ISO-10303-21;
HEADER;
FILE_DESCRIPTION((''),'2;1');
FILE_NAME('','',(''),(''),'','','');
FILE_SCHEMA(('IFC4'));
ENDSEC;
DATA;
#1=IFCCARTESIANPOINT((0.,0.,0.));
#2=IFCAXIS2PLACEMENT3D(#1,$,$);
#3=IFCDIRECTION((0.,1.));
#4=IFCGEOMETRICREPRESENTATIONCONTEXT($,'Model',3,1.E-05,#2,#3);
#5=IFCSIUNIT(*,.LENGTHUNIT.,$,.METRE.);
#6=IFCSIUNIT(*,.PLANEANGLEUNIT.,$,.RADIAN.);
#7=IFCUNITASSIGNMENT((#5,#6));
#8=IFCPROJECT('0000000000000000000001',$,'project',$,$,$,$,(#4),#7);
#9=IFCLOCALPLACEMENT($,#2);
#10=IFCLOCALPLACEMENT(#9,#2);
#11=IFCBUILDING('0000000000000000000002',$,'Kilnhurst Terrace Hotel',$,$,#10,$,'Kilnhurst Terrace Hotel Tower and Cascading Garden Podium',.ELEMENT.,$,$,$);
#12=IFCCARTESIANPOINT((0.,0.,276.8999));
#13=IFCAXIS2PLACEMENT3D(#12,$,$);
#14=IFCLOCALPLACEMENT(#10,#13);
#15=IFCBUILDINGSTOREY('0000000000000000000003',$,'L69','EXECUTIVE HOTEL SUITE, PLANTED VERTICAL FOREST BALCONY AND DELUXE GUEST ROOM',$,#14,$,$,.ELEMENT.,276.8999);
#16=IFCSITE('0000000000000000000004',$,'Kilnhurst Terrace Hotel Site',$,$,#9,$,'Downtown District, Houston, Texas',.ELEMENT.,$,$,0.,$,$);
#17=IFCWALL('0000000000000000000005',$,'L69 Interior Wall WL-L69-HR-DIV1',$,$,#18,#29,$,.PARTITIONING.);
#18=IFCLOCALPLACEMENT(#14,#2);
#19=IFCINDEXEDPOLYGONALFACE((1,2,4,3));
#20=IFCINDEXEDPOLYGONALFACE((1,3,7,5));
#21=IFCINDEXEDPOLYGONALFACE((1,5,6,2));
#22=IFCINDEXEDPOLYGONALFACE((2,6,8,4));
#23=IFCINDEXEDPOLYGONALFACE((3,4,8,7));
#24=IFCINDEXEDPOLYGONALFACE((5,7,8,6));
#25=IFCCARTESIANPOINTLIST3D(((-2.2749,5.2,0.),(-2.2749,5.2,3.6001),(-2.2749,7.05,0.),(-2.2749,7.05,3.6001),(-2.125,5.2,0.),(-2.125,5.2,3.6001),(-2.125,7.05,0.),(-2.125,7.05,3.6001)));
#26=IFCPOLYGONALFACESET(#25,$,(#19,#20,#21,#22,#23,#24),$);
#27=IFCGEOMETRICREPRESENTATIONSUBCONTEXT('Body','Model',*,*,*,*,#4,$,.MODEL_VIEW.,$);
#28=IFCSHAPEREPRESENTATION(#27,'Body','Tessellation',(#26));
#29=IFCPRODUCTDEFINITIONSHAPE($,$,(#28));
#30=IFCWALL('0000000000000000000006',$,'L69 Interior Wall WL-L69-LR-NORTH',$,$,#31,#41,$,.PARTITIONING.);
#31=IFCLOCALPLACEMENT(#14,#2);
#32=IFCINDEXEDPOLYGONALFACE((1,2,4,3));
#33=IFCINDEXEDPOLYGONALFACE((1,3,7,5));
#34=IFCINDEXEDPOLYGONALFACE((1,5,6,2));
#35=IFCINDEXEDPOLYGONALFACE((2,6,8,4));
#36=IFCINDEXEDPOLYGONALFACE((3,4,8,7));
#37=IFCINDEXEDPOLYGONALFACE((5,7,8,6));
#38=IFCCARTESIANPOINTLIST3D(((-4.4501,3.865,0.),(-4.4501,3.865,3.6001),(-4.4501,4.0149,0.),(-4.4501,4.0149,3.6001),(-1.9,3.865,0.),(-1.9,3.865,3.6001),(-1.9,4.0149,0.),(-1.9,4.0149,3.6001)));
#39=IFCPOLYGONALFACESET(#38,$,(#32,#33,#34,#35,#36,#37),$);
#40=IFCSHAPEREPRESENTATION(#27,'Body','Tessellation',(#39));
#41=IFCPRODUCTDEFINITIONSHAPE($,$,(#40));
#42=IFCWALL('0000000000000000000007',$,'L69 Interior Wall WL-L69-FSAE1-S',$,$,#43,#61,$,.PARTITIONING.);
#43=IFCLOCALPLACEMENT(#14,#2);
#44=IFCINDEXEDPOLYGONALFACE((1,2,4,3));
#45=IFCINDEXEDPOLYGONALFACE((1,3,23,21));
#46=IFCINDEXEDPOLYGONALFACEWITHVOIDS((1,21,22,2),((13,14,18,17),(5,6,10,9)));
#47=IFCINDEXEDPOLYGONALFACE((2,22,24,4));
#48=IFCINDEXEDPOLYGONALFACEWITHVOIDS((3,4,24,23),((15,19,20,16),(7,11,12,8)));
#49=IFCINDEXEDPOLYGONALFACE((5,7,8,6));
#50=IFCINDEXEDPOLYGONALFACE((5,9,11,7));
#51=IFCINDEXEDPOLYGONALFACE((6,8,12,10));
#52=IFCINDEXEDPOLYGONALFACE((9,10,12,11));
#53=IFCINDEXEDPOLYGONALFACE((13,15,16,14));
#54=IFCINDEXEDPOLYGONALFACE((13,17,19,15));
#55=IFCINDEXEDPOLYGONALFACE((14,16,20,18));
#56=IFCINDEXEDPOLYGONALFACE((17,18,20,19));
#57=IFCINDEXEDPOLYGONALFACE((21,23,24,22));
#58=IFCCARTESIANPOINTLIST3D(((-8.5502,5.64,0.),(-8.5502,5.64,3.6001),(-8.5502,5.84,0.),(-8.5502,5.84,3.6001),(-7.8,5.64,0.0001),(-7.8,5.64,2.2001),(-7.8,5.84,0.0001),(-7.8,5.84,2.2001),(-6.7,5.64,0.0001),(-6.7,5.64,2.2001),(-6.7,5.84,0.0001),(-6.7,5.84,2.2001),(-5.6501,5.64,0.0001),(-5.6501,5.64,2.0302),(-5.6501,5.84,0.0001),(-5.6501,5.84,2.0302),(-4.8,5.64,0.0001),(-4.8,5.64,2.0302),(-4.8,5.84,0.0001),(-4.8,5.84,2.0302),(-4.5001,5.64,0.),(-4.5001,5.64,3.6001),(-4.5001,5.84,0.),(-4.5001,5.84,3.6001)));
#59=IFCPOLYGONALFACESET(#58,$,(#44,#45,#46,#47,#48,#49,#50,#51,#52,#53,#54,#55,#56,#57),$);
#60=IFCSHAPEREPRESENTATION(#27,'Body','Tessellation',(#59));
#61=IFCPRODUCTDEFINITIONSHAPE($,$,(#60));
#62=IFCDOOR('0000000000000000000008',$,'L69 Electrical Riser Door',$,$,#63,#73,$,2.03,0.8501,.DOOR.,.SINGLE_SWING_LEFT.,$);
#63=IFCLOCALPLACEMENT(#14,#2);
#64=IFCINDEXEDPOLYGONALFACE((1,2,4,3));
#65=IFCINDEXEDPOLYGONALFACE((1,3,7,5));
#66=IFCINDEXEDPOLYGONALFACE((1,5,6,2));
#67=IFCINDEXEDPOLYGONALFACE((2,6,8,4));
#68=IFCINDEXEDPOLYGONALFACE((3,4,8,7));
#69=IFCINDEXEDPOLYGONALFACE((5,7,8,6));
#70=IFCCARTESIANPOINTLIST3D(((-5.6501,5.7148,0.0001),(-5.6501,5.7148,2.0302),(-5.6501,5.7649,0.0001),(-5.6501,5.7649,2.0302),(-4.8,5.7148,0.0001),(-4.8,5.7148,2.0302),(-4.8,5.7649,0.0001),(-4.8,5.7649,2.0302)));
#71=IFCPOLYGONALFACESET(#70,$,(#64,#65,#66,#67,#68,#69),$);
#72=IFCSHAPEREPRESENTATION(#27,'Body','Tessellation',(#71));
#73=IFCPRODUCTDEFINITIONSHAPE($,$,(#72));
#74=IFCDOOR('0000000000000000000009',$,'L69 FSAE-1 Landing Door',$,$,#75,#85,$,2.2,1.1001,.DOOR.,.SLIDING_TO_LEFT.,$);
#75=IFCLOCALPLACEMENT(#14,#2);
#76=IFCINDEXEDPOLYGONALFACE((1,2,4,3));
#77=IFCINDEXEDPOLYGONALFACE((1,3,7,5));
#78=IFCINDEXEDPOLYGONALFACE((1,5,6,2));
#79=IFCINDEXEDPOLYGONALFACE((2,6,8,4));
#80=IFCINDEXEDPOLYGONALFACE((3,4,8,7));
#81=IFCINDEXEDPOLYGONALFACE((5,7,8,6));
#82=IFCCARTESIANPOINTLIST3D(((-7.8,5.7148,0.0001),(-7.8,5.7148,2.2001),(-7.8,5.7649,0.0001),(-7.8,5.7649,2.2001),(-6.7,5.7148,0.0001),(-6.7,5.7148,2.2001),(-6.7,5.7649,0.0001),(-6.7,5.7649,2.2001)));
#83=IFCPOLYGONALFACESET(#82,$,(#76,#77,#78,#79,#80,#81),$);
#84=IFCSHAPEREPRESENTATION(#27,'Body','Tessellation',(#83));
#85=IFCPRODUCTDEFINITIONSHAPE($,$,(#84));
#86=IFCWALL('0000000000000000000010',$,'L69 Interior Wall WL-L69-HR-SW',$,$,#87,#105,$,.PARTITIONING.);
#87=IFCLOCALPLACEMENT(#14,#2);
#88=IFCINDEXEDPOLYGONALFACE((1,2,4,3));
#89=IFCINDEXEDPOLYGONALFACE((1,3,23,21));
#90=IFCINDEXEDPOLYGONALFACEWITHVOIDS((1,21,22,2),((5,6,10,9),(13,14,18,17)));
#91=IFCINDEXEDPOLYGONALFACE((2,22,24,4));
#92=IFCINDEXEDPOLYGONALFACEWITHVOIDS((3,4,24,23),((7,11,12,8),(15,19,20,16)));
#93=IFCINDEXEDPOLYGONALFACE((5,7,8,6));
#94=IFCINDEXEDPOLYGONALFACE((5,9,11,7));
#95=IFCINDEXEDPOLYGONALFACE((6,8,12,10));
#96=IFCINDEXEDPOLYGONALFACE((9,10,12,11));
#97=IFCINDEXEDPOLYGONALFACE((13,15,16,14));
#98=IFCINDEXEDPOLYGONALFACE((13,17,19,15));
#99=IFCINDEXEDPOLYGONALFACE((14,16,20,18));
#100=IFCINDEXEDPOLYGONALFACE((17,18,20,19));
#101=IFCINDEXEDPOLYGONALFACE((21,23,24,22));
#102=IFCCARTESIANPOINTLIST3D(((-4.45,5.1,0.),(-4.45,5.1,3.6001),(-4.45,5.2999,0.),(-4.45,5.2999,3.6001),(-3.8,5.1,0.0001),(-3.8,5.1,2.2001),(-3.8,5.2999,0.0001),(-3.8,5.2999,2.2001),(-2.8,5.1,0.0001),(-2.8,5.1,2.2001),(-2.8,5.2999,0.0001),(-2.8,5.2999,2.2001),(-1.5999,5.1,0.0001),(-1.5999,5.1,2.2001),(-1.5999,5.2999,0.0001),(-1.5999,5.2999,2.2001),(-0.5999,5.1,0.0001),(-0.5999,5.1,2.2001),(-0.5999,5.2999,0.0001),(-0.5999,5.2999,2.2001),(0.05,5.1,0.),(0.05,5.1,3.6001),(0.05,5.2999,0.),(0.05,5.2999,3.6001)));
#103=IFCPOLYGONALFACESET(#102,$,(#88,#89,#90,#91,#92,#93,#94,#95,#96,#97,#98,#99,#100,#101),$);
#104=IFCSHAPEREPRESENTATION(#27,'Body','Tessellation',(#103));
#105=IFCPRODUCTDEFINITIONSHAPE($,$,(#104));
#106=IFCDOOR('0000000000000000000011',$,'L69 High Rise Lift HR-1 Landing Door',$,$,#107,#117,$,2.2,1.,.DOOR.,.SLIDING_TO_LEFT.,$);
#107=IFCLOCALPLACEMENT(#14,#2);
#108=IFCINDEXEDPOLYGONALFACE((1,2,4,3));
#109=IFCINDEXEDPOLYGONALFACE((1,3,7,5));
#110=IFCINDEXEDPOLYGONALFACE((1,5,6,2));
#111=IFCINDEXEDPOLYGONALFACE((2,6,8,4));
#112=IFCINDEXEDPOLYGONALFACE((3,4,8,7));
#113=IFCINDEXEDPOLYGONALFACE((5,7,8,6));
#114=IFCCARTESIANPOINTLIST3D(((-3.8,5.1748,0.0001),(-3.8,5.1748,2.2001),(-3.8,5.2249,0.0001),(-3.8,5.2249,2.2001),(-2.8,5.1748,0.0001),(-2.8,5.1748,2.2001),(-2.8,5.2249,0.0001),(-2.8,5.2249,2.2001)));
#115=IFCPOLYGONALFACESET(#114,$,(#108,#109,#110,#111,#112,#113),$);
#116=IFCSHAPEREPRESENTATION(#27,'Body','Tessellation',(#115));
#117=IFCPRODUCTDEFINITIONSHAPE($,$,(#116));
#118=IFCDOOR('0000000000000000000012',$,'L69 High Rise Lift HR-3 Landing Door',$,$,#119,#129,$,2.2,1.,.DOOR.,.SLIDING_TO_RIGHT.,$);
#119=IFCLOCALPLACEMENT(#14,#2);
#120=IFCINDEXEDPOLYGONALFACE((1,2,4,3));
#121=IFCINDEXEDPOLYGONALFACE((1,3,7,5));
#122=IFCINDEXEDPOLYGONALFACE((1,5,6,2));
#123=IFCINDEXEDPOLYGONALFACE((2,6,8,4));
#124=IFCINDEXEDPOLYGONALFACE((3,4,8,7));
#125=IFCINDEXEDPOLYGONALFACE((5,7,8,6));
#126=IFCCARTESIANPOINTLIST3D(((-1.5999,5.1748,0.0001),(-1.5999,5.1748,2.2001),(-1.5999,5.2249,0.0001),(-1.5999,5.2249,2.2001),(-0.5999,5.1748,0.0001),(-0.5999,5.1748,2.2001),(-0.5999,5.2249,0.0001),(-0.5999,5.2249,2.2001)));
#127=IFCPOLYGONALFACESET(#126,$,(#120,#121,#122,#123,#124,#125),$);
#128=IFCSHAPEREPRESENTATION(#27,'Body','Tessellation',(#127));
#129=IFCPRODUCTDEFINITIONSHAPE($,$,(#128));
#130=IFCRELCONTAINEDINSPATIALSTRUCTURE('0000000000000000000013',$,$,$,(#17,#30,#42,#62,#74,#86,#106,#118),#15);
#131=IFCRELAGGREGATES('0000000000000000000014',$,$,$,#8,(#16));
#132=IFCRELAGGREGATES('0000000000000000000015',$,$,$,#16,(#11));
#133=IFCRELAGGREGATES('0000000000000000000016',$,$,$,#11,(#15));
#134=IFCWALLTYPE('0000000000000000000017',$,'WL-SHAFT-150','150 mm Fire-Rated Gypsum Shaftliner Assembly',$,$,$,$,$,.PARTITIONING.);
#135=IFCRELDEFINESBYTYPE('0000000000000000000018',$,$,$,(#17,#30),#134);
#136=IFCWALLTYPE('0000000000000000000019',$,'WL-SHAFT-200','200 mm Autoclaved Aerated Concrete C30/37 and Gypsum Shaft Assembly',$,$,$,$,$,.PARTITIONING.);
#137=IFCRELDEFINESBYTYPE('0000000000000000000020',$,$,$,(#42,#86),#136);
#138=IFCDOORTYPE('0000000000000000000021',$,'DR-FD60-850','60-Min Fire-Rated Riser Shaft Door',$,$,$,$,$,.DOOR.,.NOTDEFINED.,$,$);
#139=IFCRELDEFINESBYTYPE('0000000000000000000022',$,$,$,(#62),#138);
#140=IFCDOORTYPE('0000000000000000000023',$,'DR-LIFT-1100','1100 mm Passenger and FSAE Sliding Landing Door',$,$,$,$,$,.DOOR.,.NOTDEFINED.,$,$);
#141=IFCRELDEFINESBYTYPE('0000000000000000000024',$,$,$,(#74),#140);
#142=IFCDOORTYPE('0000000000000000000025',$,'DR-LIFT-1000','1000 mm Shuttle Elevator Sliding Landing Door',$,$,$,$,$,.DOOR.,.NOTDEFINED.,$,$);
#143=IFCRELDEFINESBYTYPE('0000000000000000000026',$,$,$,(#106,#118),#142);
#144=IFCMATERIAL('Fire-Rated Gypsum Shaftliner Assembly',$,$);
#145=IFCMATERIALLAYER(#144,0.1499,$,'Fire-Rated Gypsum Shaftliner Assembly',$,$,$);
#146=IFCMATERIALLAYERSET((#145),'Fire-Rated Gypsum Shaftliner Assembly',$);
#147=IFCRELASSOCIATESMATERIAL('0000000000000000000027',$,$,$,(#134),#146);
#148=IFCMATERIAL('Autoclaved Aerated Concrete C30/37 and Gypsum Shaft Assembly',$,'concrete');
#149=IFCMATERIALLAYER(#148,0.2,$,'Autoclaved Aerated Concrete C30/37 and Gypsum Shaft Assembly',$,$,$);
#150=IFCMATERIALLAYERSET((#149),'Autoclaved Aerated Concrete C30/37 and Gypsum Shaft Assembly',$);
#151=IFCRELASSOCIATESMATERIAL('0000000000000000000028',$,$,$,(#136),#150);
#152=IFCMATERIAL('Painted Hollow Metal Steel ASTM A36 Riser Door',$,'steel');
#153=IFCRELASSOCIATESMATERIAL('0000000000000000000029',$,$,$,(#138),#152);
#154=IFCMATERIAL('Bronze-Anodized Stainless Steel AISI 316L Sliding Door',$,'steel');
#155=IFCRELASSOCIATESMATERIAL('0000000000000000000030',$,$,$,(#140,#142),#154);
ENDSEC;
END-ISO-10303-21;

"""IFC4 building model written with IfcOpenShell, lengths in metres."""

from ifc_helpers import new_model, si_unit, direction, frame, frame_2d, origin, place, context, subcontext, project, spatial, rectangle, extrude, material, layer, layer_set, type_object, element, fill, save


model = new_model("IFC4")

# Units and contexts
model_context = context("Model", 3, precision=1e-05, world=origin(), true_north=direction((0.0, 1.0)))
body_context = subcontext(model_context, "Body", "Model", "MODEL_VIEW")
ifc_project = project(units=[si_unit("LENGTHUNIT", "METRE"), si_unit("PLANEANGLEUNIT", "RADIAN")], contexts=[model_context])

# Site, building, storey
site_placement = place(None, origin())
site = spatial("IfcSite", under=ifc_project, at=site_placement, Name="Kilnhurst Terrace Hotel Site", LongName="Downtown District, Houston, Texas", CompositionType="ELEMENT", RefElevation=0.0)
building_placement = place(site_placement, origin())
building = spatial("IfcBuilding", under=site, at=building_placement, Name="Kilnhurst Terrace Hotel", LongName="Kilnhurst Terrace Hotel Tower and Cascading Garden Podium", CompositionType="ELEMENT")
storey_placement = place(building_placement, frame((0.0, 0.0, 276.8999)))
storey = spatial("IfcBuildingStorey", under=building, at=storey_placement, Name="L69", Description="EXECUTIVE HOTEL SUITE, PLANTED VERTICAL FOREST BALCONY AND DELUXE GUEST ROOM", CompositionType="ELEMENT", Elevation=276.8999)

# Walls
ifc_material_1 = material(Name="Fire-Rated Gypsum Shaftliner Assembly")
ifc_layer_1 = layer(ifc_material_1, 0.1499, Name="Fire-Rated Gypsum Shaftliner Assembly")
ifc_layer_set_1 = layer_set([ifc_layer_1], Name="Fire-Rated Gypsum Shaftliner Assembly")
wall_type_1 = type_object("IfcWallType", Name="WL-SHAFT-150", Description="150 mm Fire-Rated Gypsum Shaftliner Assembly", PredefinedType="PARTITIONING", material=ifc_layer_set_1)
wall_1_placement = place(storey_placement, frame((-2.2, 5.2, 0.0), z_axis=(0.0, 0.0, 1.0), x_axis=(0.0, 1.0, 0.0)))
element("IfcWall", 1, at=wall_1_placement, inside=storey, type_object=wall_type_1, Name="L69 Interior Wall WL-L69-HR-DIV1", PredefinedType="PARTITIONING", context=body_context, shape_type="SweptSolid", body=[
    extrude(rectangle(XDim=1.8501, YDim=0.1499, at=frame_2d((0.925, 0.0))), origin(), (0.0, 0.0, 1.0), 3.6001),
])
wall_2_placement = place(storey_placement, frame((-4.45, 3.9399, 0.0), z_axis=(0.0, 0.0, 1.0), x_axis=(1.0, 0.0, 0.0)))
element("IfcWall", 2, at=wall_2_placement, inside=storey, type_object=wall_type_1, Name="L69 Interior Wall WL-L69-LR-NORTH", PredefinedType="PARTITIONING", context=body_context, shape_type="SweptSolid", body=[
    extrude(rectangle(XDim=2.55, YDim=0.1499, at=frame_2d((1.2749, 0.0))), origin(), (0.0, 0.0, 1.0), 3.6001),
])

# Walls, openings, doors
ifc_material_2 = material(Name="Autoclaved Aerated Concrete C30/37 and Gypsum Shaft Assembly", Category="concrete")
ifc_layer_2 = layer(ifc_material_2, 0.2, Name="Autoclaved Aerated Concrete C30/37 and Gypsum Shaft Assembly")
ifc_layer_set_2 = layer_set([ifc_layer_2], Name="Autoclaved Aerated Concrete C30/37 and Gypsum Shaft Assembly")
wall_type_2 = type_object("IfcWallType", Name="WL-SHAFT-200", Description="200 mm Autoclaved Aerated Concrete C30/37 and Gypsum Shaft Assembly", PredefinedType="PARTITIONING", material=ifc_layer_set_2)
wall_3_placement = place(storey_placement, frame((-8.55, 5.74, 0.0), z_axis=(0.0, 0.0, 1.0), x_axis=(1.0, 0.0, 0.0)))
wall_3 = element("IfcWall", 3, at=wall_3_placement, inside=storey, type_object=wall_type_2, Name="L69 Interior Wall WL-L69-FSAE1-S", PredefinedType="PARTITIONING", context=body_context, shape_type="SweptSolid", body=[
    extrude(rectangle(XDim=4.05, YDim=0.2, at=frame_2d((2.0249, 0.0))), origin(), (0.0, 0.0, 1.0), 3.6001),
])
opening_1_placement = place(wall_3_placement, frame((0.75, 0.0, 0.0)))
opening_1 = element("IfcOpeningElement", 4, at=opening_1_placement, cuts=wall_3, PredefinedType="OPENING", context=body_context, shape_type="SweptSolid", body=[
    extrude(rectangle(XDim=1.1001, YDim=2.2, at=frame_2d((0.55, 1.1001))), frame((0.0, 0.1099, 0.0), z_axis=(0.0, -1.0, 0.0), x_axis=(1.0, 0.0, 0.0)), (0.0, 0.0, 1.0), 0.22),
])
opening_2_placement = place(wall_3_placement, frame((2.8999, 0.0, 0.0)))
opening_2 = element("IfcOpeningElement", 5, at=opening_2_placement, cuts=wall_3, PredefinedType="OPENING", context=body_context, shape_type="SweptSolid", body=[
    extrude(rectangle(XDim=0.8501, YDim=2.03, at=frame_2d((0.425, 1.0151))), frame((0.0, 0.1099, 0.0), z_axis=(0.0, -1.0, 0.0), x_axis=(1.0, 0.0, 0.0)), (0.0, 0.0, 1.0), 0.22),
])
ifc_material_3 = material(Name="Painted Hollow Metal Steel ASTM A36 Riser Door", Category="steel")
door_type_1 = type_object("IfcDoorType", Name="DR-FD60-850", Description="60-Min Fire-Rated Riser Shaft Door", OperationType="NOTDEFINED", PredefinedType="DOOR", material=ifc_material_3)
door_1_placement = place(opening_2_placement, origin())
door_1 = element("IfcDoor", 6, at=door_1_placement, inside=storey, type_object=door_type_1, Name="L69 Electrical Riser Door", OperationType="SINGLE_SWING_LEFT", OverallHeight=2.03, OverallWidth=0.8501, PredefinedType="DOOR", context=body_context, shape_type="SweptSolid", body=[
    extrude(rectangle(XDim=0.8501, YDim=2.03, at=frame_2d((0.425, 1.0151))), frame((0.0, 0.0249, 0.0), z_axis=(0.0, -1.0, 0.0), x_axis=(1.0, 0.0, 0.0)), (0.0, 0.0, 1.0), 0.05),
])
fill(opening_2, door_1)
ifc_material_4 = material(Name="Bronze-Anodized Stainless Steel AISI 316L Sliding Door", Category="steel")
door_type_2 = type_object("IfcDoorType", Name="DR-LIFT-1100", Description="1100 mm Passenger and FSAE Sliding Landing Door", OperationType="NOTDEFINED", PredefinedType="DOOR", material=ifc_material_4)
door_2_placement = place(opening_1_placement, origin())
door_2 = element("IfcDoor", 7, at=door_2_placement, inside=storey, type_object=door_type_2, Name="L69 FSAE-1 Landing Door", OperationType="SLIDING_TO_LEFT", OverallHeight=2.2, OverallWidth=1.1001, PredefinedType="DOOR", context=body_context, shape_type="SweptSolid", body=[
    extrude(rectangle(XDim=1.1001, YDim=2.2, at=frame_2d((0.55, 1.1001))), frame((0.0, 0.0249, 0.0), z_axis=(0.0, -1.0, 0.0), x_axis=(1.0, 0.0, 0.0)), (0.0, 0.0, 1.0), 0.05),
])
fill(opening_1, door_2)
wall_4_placement = place(storey_placement, frame((-4.45, 5.2, 0.0), z_axis=(0.0, 0.0, 1.0), x_axis=(1.0, 0.0, 0.0)))
wall_4 = element("IfcWall", 8, at=wall_4_placement, inside=storey, type_object=wall_type_2, Name="L69 Interior Wall WL-L69-HR-SW", PredefinedType="PARTITIONING", context=body_context, shape_type="SweptSolid", body=[
    extrude(rectangle(XDim=4.5, YDim=0.2, at=frame_2d((2.25, 0.0))), origin(), (0.0, 0.0, 1.0), 3.6001),
])
opening_3_placement = place(wall_4_placement, frame((0.6499, 0.0, 0.0)))
opening_3 = element("IfcOpeningElement", 9, at=opening_3_placement, cuts=wall_4, PredefinedType="OPENING", context=body_context, shape_type="SweptSolid", body=[
    extrude(rectangle(XDim=1.0, YDim=2.2, at=frame_2d((0.5, 1.1001))), frame((0.0, 0.1099, 0.0), z_axis=(0.0, -1.0, 0.0), x_axis=(1.0, 0.0, 0.0)), (0.0, 0.0, 1.0), 0.22),
])
opening_4_placement = place(wall_4_placement, frame((2.8501, 0.0, 0.0)))
opening_4 = element("IfcOpeningElement", 10, at=opening_4_placement, cuts=wall_4, PredefinedType="OPENING", context=body_context, shape_type="SweptSolid", body=[
    extrude(rectangle(XDim=1.0, YDim=2.2, at=frame_2d((0.5, 1.1001))), frame((0.0, 0.1099, 0.0), z_axis=(0.0, -1.0, 0.0), x_axis=(1.0, 0.0, 0.0)), (0.0, 0.0, 1.0), 0.22),
])
door_type_3 = type_object("IfcDoorType", Name="DR-LIFT-1000", Description="1000 mm Shuttle Elevator Sliding Landing Door", OperationType="NOTDEFINED", PredefinedType="DOOR", material=ifc_material_4)
door_3_placement = place(opening_3_placement, origin())
door_3 = element("IfcDoor", 11, at=door_3_placement, inside=storey, type_object=door_type_3, Name="L69 High Rise Lift HR-1 Landing Door", OperationType="SLIDING_TO_LEFT", OverallHeight=2.2, OverallWidth=1.0, PredefinedType="DOOR", context=body_context, shape_type="SweptSolid", body=[
    extrude(rectangle(XDim=1.0, YDim=2.2, at=frame_2d((0.5, 1.1001))), frame((0.0, 0.0249, 0.0), z_axis=(0.0, -1.0, 0.0), x_axis=(1.0, 0.0, 0.0)), (0.0, 0.0, 1.0), 0.05),
])
fill(opening_3, door_3)
door_4_placement = place(opening_4_placement, origin())
door_4 = element("IfcDoor", 12, at=door_4_placement, inside=storey, type_object=door_type_3, Name="L69 High Rise Lift HR-3 Landing Door", OperationType="SLIDING_TO_RIGHT", OverallHeight=2.2, OverallWidth=1.0, PredefinedType="DOOR", context=body_context, shape_type="SweptSolid", body=[
    extrude(rectangle(XDim=1.0, YDim=2.2, at=frame_2d((0.5, 1.1001))), frame((0.0, 0.0249, 0.0), z_axis=(0.0, -1.0, 0.0), x_axis=(1.0, 0.0, 0.0)), (0.0, 0.0, 1.0), 0.05),
])
fill(opening_4, door_4)

save(model, "model.ifc")
